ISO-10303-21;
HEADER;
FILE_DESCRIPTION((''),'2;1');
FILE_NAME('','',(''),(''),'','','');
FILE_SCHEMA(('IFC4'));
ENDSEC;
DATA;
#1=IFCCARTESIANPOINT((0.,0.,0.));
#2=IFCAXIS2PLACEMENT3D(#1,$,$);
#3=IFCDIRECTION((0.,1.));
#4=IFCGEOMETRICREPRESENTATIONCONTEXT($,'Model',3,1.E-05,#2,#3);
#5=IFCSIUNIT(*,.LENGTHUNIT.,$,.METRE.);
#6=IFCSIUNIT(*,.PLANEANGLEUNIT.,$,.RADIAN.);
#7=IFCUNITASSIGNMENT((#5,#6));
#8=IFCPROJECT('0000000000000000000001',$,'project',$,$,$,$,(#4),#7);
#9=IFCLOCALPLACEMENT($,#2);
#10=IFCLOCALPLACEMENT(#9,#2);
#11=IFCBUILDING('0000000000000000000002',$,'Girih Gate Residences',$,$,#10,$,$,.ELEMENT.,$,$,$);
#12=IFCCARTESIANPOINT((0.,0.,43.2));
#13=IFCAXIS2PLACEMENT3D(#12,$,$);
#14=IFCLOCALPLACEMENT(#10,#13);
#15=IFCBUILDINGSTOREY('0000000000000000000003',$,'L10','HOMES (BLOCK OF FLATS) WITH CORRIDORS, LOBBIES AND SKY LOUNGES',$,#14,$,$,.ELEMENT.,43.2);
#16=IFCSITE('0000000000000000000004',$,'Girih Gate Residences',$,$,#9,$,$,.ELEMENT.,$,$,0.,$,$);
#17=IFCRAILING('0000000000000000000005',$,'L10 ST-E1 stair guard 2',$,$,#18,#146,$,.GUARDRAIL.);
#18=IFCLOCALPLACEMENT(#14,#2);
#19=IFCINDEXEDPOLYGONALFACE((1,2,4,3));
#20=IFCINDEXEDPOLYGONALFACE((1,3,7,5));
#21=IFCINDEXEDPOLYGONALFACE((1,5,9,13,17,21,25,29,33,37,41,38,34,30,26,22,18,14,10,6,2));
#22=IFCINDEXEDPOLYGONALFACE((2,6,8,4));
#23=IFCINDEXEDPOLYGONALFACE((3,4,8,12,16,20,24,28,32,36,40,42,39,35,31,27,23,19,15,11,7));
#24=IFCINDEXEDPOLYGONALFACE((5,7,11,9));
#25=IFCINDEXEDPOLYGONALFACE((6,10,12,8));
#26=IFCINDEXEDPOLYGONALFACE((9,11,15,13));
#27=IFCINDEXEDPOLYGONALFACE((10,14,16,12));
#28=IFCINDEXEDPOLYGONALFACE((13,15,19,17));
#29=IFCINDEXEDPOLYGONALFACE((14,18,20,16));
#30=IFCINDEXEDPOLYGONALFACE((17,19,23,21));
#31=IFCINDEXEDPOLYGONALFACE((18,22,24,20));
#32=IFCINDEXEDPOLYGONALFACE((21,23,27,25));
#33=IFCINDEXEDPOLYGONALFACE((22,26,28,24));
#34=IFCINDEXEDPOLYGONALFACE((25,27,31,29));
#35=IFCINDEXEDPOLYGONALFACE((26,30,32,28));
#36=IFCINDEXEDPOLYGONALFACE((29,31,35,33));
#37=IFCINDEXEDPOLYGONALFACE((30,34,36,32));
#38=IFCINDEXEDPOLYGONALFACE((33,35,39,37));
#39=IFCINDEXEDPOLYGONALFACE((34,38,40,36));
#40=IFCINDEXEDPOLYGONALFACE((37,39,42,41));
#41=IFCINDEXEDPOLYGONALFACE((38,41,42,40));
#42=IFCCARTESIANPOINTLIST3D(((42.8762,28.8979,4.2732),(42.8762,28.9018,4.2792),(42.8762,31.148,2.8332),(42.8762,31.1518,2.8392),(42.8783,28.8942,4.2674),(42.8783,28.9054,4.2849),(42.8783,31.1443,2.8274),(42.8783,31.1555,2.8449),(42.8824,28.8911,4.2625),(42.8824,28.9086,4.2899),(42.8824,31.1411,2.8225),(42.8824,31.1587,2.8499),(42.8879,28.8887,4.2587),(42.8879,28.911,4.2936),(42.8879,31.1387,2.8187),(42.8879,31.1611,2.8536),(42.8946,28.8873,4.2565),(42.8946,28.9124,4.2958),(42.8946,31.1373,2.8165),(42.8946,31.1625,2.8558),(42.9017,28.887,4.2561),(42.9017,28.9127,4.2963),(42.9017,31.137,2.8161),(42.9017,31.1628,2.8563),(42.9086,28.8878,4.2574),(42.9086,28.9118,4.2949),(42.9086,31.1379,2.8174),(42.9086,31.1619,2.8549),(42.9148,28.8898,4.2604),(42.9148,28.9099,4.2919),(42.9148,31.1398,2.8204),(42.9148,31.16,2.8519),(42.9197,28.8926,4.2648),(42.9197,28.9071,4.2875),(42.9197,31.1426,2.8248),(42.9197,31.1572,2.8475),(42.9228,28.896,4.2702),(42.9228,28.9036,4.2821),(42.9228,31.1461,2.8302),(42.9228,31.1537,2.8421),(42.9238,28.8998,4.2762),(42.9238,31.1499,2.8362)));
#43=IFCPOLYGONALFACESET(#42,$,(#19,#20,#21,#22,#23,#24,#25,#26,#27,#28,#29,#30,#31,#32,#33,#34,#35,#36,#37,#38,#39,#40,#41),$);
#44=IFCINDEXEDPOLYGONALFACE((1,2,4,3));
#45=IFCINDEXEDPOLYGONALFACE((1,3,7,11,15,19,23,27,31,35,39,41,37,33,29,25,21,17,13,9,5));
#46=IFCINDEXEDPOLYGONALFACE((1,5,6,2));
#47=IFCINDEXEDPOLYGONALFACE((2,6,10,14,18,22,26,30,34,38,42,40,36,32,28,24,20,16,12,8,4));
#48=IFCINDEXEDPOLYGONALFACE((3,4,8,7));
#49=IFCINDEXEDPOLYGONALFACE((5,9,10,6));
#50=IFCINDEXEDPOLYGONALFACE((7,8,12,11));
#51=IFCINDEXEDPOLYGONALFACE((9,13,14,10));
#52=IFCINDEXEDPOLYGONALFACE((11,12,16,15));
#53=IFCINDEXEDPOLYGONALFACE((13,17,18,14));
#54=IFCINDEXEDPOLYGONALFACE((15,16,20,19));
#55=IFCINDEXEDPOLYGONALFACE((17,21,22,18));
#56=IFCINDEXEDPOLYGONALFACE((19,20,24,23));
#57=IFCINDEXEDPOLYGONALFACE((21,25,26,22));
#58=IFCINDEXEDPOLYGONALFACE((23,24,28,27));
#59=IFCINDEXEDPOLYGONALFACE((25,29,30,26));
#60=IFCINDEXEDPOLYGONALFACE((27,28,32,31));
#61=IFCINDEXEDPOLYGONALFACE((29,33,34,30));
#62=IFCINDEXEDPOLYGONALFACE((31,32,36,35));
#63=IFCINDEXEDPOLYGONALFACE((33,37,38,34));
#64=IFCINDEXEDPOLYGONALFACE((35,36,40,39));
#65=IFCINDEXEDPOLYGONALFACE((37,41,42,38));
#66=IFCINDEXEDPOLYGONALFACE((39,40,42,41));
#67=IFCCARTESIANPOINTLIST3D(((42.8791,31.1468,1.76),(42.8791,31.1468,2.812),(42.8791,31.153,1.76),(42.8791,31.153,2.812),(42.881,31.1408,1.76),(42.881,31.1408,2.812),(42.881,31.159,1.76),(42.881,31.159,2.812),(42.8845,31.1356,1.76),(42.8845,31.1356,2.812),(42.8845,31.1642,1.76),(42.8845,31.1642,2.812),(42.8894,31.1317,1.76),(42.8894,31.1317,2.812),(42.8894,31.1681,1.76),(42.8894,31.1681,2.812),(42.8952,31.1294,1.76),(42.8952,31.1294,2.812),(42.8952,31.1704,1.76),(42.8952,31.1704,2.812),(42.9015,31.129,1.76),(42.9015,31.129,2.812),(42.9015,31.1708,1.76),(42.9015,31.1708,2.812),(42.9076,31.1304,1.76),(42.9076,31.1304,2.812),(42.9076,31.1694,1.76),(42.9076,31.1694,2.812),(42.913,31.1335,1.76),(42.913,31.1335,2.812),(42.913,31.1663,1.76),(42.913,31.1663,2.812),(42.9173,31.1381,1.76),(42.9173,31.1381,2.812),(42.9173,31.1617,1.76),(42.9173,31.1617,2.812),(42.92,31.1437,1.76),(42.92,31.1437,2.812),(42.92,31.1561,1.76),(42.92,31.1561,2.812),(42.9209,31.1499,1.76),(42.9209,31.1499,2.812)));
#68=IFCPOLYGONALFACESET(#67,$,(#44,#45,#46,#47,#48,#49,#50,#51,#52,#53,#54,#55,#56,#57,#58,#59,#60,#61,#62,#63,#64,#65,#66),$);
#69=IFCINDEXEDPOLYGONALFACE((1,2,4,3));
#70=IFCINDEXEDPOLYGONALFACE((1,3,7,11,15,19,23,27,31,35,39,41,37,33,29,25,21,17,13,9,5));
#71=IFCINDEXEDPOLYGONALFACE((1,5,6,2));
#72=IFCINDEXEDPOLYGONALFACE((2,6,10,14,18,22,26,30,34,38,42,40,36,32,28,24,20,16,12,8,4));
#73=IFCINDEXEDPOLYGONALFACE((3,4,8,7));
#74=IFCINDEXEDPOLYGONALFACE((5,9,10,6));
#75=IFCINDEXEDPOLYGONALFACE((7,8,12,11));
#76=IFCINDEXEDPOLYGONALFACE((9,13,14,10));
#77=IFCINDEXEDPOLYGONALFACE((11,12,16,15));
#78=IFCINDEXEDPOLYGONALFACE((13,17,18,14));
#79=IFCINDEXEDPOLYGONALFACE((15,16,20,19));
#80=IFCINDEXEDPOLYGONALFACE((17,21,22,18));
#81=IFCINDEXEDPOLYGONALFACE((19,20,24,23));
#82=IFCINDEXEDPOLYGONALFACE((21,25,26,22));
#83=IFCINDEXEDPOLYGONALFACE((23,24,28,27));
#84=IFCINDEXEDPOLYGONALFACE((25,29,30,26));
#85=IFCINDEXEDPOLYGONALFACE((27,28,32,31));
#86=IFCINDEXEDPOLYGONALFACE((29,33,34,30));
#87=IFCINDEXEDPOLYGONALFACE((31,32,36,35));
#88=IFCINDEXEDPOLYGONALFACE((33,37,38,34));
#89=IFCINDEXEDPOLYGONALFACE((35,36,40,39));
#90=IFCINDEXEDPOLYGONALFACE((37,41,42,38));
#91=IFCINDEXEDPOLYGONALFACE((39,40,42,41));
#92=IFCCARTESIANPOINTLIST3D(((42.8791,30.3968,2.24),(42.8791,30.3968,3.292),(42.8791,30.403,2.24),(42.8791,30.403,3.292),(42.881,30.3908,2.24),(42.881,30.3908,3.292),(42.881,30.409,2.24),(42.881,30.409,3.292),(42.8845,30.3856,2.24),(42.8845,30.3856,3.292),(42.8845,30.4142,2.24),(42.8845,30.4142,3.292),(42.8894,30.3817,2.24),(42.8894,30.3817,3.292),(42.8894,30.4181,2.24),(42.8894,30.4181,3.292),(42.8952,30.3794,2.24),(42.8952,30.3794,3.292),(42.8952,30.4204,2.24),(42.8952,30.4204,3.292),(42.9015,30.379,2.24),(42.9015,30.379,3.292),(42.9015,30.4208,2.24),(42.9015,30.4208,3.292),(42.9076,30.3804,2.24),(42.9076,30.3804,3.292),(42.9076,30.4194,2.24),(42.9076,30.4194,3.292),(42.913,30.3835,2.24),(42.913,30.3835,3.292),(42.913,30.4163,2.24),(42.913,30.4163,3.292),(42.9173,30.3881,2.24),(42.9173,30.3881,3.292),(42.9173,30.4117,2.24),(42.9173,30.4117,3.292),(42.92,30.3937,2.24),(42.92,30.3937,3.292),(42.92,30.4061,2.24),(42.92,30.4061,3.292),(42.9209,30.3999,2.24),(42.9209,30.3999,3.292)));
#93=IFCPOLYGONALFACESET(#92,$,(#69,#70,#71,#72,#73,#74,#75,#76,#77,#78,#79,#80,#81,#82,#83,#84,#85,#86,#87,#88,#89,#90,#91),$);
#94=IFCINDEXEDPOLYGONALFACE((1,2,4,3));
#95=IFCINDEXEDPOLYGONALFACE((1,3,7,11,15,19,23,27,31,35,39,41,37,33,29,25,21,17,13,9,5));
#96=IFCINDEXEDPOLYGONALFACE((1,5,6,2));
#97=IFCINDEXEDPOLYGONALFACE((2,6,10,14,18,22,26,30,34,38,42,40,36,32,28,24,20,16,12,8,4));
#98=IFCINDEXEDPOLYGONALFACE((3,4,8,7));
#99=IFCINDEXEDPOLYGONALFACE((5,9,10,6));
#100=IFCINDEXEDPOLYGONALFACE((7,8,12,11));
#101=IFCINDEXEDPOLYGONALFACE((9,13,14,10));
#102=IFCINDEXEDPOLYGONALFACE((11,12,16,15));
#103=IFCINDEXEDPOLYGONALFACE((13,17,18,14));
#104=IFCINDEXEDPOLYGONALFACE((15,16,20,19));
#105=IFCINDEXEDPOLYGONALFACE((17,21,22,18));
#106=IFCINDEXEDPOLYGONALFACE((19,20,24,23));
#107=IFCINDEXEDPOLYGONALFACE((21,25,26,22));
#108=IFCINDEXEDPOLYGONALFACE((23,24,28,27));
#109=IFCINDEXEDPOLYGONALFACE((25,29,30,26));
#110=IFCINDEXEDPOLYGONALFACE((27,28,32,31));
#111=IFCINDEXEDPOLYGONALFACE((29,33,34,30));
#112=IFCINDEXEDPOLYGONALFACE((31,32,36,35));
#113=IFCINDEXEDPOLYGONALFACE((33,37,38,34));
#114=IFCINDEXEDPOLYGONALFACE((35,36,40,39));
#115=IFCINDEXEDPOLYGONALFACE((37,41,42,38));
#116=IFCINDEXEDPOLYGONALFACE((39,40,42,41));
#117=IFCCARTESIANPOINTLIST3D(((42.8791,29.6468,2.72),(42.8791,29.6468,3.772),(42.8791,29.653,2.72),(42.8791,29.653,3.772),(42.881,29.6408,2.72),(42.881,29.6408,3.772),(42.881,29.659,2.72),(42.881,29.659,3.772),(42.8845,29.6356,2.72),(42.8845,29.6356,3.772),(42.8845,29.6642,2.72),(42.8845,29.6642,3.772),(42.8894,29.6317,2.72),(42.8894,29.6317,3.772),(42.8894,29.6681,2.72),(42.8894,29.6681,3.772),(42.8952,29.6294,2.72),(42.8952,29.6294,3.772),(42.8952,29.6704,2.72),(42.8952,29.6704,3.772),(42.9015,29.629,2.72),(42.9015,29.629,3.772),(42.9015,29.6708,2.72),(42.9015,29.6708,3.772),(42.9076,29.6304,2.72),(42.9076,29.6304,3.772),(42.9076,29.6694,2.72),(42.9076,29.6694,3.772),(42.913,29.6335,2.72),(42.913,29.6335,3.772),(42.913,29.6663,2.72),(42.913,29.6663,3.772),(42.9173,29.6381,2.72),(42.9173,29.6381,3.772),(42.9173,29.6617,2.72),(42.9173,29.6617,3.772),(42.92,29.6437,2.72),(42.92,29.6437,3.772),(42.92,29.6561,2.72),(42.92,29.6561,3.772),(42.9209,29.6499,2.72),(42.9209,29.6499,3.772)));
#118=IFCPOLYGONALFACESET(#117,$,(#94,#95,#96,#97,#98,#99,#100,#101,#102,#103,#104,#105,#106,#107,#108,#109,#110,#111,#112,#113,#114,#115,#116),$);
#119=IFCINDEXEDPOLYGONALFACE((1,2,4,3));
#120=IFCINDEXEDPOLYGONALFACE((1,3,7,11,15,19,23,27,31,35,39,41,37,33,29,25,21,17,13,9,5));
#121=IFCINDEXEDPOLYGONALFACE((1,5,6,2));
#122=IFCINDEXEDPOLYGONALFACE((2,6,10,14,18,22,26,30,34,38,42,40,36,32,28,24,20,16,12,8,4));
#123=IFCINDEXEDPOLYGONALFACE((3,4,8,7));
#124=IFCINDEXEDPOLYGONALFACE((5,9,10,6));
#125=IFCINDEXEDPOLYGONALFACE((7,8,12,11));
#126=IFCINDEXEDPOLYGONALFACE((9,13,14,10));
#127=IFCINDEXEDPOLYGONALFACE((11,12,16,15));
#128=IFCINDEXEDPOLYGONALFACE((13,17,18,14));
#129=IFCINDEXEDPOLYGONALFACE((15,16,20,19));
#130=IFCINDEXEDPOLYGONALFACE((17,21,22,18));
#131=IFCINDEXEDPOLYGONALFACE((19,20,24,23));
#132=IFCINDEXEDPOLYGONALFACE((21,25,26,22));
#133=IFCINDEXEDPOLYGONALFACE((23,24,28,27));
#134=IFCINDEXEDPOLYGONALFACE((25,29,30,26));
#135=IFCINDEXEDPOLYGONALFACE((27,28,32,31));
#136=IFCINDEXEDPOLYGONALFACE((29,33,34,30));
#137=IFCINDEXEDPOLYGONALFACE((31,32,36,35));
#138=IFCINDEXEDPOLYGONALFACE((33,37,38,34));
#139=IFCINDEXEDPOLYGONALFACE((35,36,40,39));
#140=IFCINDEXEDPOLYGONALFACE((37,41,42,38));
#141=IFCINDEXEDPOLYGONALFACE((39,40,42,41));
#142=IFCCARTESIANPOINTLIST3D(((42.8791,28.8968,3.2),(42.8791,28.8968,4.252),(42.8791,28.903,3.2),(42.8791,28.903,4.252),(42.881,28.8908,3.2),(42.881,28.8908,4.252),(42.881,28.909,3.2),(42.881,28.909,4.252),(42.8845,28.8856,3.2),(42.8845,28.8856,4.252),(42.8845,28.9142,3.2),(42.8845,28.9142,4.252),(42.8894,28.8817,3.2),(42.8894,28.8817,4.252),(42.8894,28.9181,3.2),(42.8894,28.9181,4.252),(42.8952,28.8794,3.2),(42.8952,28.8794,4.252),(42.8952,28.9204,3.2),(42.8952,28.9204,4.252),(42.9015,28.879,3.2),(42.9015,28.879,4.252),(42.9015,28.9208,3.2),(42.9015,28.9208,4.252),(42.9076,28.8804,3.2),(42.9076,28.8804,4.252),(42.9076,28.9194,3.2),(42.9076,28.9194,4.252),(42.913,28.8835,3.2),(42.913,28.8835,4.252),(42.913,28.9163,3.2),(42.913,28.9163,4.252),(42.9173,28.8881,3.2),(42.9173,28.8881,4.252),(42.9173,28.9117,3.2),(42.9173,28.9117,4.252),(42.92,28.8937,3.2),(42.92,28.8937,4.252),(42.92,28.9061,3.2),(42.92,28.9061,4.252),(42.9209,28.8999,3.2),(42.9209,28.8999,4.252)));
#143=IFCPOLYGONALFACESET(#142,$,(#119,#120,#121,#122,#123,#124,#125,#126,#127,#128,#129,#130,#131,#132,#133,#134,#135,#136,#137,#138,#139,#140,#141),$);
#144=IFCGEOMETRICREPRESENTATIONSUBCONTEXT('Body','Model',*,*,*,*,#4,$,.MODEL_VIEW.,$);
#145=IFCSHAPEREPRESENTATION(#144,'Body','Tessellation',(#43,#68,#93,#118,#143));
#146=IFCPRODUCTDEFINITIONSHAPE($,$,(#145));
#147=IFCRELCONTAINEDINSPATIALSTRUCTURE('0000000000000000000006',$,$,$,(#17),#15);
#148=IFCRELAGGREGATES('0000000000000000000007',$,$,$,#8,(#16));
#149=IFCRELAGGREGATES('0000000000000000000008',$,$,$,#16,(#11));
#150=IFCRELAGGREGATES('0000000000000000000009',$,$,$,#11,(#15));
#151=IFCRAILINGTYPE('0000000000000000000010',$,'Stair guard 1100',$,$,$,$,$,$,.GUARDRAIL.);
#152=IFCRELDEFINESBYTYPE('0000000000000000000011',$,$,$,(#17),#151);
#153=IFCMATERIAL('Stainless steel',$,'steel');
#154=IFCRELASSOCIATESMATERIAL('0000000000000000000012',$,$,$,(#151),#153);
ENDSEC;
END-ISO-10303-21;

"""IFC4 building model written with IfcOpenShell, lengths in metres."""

from ifc_helpers import new_model, si_unit, direction, frame, origin, origin_2d, place, context, subcontext, project, spatial, circle, extrude, material, type_object, element, save


model = new_model("IFC4")

# Units and contexts
model_context = context("Model", 3, precision=1e-05, world=origin(), true_north=direction((0.0, 1.0)))
body_context = subcontext(model_context, "Body", "Model", "MODEL_VIEW")
ifc_project = project(units=[si_unit("LENGTHUNIT", "METRE"), si_unit("PLANEANGLEUNIT", "RADIAN")], contexts=[model_context])

# Site, building, storey
site_placement = place(None, origin())
site = spatial("IfcSite", under=ifc_project, at=site_placement, Name="Girih Gate Residences", CompositionType="ELEMENT", RefElevation=0.0)
building_placement = place(site_placement, origin())
building = spatial("IfcBuilding", under=site, at=building_placement, Name="Girih Gate Residences", CompositionType="ELEMENT")
storey_placement = place(building_placement, frame((0.0, 0.0, 43.2)))
storey = spatial("IfcBuildingStorey", under=building, at=storey_placement, Name="L10", Description="HOMES (BLOCK OF FLATS) WITH CORRIDORS, LOBBIES AND SKY LOUNGES", CompositionType="ELEMENT", Elevation=43.2)

# Railing
ifc_material_1 = material(Name="Stainless steel", Category="steel")
railing_type_1 = type_object("IfcRailingType", Name="Stair guard 1100", PredefinedType="GUARDRAIL", material=ifc_material_1)
railing_1_placement = place(storey_placement, frame((42.8999, 31.1499, 1.76)))
element("IfcRailing", 1, at=railing_1_placement, inside=storey, type_object=railing_type_1, Name="L10 ST-E1 stair guard 2", PredefinedType="GUARDRAIL", context=body_context, shape_type="SweptSolid", body=[
    extrude(circle(Radius=0.0239, at=origin_2d()), frame((0.0, 0.0, 1.0762), z_axis=(0.0, -0.842281, 0.539038), x_axis=(1.0, 0.0, 0.0)), (0.0, 0.0, 1.0), 2.6714),
    extrude(circle(Radius=0.021, at=origin_2d()), origin(), (0.0, 0.0, 1.0), 1.052),
    extrude(circle(Radius=0.021, at=origin_2d()), frame((0.0, -0.75, 0.48)), (0.0, 0.0, 1.0), 1.052),
    extrude(circle(Radius=0.021, at=origin_2d()), frame((0.0, -1.5, 0.96)), (0.0, 0.0, 1.0), 1.052),
    extrude(circle(Radius=0.021, at=origin_2d()), frame((0.0, -2.25, 1.4399)), (0.0, 0.0, 1.0), 1.052),
])

save(model, "model.ifc")
